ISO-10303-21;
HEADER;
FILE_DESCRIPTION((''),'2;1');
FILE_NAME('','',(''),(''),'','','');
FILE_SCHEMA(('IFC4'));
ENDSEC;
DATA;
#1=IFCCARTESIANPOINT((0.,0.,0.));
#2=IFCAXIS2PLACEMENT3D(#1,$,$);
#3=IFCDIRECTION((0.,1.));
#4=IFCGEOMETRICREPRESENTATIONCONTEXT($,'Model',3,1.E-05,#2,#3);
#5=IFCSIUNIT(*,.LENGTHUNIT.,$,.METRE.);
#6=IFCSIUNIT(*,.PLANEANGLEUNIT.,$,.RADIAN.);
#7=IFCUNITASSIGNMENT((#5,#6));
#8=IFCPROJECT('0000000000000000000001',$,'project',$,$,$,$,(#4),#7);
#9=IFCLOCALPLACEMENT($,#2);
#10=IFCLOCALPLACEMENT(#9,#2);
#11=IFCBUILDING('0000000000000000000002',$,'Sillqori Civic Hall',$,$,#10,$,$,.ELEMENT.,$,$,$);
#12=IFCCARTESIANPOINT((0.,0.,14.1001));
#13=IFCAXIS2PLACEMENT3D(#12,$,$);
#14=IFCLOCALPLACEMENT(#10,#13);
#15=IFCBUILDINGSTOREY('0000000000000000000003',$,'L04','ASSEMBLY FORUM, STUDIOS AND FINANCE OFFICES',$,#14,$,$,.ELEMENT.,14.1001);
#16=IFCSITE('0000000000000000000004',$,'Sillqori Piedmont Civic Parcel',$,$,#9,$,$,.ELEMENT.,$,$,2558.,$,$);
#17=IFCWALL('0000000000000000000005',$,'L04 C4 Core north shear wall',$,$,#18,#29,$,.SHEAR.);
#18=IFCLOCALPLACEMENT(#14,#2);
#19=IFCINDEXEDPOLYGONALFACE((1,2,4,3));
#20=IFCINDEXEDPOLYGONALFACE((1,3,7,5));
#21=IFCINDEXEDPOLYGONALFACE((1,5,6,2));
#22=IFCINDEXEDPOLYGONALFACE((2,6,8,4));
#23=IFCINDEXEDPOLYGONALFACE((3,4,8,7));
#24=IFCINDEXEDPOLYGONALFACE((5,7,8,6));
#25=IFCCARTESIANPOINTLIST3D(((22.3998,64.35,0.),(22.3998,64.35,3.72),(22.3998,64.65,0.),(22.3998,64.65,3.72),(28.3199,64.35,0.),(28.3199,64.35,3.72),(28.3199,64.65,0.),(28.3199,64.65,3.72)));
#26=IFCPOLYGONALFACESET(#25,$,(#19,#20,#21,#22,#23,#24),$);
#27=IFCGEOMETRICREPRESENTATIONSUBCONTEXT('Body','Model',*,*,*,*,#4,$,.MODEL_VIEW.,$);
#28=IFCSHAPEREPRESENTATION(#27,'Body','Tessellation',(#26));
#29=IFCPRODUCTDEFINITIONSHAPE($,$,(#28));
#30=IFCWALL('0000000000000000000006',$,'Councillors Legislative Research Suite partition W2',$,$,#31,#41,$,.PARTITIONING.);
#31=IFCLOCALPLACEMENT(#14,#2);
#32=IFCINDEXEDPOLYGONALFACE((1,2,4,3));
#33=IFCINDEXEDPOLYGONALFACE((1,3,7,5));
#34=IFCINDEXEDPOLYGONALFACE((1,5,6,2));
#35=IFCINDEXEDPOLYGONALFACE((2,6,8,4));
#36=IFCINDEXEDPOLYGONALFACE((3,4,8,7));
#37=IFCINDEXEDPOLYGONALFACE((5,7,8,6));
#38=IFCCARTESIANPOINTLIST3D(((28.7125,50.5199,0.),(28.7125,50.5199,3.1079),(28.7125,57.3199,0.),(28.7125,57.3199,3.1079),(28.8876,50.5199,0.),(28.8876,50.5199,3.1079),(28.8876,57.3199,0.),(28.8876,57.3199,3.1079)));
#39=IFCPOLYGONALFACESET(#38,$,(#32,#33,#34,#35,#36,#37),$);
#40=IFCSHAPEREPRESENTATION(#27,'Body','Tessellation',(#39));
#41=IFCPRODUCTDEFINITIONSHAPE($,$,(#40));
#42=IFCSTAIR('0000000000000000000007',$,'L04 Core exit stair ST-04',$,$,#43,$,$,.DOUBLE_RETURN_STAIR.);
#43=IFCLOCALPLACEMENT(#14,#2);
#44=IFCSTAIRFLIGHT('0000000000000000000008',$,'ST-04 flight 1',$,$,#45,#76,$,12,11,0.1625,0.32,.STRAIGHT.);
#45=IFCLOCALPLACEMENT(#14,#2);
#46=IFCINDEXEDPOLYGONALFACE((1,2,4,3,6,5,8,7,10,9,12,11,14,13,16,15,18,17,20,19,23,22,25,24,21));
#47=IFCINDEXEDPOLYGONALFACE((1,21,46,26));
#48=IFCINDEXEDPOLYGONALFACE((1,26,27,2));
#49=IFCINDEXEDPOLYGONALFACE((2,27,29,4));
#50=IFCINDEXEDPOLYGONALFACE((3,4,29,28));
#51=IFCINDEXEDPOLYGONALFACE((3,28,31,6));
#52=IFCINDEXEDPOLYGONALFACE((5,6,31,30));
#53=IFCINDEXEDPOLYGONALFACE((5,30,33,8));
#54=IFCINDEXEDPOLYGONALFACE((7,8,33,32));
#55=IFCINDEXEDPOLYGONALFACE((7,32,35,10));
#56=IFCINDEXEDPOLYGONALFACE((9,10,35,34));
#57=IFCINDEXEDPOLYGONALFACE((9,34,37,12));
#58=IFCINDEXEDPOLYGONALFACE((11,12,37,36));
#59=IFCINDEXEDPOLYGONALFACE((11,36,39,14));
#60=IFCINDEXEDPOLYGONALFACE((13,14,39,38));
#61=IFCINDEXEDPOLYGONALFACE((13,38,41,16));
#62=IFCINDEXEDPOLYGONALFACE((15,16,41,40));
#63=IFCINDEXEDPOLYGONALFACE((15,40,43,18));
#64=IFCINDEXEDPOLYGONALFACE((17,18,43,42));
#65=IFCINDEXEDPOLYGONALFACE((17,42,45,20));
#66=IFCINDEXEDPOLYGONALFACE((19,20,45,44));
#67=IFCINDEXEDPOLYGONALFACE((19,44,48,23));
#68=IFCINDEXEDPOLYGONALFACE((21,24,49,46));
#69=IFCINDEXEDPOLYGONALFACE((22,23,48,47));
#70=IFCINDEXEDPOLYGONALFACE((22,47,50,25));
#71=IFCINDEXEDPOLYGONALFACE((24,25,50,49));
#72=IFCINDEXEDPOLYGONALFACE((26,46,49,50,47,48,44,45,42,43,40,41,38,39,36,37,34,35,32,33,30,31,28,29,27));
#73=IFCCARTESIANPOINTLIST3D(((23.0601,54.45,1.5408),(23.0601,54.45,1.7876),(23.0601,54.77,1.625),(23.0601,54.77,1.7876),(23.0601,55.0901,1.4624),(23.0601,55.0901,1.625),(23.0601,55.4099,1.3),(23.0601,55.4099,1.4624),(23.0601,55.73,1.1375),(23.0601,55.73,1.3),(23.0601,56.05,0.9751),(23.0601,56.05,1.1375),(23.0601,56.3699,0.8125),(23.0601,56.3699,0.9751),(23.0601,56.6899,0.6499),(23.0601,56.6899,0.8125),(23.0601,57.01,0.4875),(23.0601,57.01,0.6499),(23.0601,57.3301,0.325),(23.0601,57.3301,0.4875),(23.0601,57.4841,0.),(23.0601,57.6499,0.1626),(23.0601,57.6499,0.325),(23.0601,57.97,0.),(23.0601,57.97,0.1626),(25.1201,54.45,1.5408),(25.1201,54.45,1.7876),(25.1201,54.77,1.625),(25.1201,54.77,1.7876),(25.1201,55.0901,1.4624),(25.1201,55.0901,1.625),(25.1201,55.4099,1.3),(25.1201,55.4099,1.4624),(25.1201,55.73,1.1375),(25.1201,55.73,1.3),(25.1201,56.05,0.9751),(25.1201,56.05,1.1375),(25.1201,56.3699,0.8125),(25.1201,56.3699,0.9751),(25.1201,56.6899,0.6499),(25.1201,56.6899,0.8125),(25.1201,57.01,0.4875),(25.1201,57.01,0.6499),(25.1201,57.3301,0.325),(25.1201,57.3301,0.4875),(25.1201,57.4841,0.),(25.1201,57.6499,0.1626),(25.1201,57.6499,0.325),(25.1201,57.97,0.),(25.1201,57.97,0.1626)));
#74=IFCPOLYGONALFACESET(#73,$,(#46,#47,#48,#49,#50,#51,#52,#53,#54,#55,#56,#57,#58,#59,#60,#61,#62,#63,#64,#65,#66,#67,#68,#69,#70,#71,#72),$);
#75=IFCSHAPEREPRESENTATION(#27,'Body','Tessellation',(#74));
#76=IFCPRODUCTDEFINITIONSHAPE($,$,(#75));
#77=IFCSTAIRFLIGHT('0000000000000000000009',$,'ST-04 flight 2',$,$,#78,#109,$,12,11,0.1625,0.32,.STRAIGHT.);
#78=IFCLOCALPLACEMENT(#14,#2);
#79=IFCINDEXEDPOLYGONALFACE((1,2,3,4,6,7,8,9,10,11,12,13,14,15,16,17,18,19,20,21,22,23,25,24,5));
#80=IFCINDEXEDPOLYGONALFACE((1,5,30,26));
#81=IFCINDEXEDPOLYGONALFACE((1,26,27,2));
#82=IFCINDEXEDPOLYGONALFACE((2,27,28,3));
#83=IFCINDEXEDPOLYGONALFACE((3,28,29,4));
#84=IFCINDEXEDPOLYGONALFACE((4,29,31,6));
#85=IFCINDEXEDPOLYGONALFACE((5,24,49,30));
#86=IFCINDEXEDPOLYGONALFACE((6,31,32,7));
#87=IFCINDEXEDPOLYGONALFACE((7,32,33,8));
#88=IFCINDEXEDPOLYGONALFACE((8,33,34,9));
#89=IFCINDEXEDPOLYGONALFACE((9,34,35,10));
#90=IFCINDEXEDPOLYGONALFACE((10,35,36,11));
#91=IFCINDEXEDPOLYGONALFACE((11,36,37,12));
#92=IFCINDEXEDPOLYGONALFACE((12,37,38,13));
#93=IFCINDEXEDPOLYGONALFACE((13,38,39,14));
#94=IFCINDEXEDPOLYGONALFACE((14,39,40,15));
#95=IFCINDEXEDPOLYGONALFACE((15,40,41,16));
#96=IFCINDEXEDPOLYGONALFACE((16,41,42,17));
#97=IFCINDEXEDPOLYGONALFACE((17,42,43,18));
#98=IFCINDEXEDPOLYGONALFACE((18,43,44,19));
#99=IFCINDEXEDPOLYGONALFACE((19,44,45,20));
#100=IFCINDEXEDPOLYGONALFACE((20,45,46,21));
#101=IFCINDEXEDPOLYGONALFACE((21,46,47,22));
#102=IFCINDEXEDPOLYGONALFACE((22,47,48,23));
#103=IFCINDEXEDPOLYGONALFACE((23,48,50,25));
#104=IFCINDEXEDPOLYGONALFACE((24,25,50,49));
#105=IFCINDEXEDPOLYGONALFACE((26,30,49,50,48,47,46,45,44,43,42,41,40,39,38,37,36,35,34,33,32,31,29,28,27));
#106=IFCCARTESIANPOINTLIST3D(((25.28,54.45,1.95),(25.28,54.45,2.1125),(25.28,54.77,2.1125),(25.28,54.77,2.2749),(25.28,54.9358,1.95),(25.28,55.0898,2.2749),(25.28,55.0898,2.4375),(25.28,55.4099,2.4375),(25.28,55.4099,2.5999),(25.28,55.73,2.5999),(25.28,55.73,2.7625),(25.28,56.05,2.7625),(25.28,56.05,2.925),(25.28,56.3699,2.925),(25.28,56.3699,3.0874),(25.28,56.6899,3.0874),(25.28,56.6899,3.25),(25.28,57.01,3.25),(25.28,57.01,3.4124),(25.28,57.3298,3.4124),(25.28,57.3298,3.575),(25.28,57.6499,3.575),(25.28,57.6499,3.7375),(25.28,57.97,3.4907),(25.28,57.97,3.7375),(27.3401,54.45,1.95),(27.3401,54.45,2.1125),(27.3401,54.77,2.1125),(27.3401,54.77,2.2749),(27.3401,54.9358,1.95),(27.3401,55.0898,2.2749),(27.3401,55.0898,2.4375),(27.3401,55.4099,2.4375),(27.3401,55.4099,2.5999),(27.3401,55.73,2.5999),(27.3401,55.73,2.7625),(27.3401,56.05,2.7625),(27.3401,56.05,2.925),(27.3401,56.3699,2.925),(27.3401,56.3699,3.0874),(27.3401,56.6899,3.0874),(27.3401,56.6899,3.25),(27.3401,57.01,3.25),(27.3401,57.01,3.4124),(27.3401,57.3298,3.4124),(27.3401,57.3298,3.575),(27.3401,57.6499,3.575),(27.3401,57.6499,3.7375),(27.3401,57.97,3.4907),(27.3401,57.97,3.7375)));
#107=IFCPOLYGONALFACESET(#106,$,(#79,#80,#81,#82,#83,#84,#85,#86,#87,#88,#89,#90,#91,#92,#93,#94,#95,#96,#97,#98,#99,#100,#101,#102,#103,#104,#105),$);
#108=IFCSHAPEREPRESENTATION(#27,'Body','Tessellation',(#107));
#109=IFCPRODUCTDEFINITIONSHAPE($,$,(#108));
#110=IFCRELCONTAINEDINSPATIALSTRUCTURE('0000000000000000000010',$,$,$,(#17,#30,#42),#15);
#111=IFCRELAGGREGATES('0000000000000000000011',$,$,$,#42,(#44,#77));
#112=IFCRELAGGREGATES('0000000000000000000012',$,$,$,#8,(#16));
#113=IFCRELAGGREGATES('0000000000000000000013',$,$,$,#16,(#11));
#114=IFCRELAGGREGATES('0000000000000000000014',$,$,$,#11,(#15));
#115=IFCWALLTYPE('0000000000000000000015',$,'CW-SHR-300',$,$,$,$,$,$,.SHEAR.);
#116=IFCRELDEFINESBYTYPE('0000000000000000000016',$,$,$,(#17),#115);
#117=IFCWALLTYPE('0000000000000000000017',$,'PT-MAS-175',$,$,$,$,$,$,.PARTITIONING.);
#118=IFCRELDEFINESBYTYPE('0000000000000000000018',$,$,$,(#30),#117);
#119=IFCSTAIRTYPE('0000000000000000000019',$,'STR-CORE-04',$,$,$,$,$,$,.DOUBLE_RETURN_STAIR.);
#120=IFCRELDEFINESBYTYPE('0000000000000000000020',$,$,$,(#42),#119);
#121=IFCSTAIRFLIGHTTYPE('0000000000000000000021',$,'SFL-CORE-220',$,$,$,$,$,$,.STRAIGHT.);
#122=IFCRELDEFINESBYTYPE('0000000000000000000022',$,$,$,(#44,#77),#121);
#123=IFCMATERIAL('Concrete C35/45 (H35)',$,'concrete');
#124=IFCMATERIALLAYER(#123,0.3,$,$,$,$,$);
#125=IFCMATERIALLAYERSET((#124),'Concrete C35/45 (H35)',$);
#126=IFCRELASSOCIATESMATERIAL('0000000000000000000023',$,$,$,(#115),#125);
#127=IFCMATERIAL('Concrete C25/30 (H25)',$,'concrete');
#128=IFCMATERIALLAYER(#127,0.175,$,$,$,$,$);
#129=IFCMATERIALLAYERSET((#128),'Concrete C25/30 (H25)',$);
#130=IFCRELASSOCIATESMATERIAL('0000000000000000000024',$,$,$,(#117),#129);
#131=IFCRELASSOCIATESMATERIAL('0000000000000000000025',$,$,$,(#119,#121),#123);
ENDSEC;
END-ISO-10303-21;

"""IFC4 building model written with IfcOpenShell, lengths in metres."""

from ifc_helpers import new_model, si_unit, direction, frame, frame_2d, origin, place, context, subcontext, project, spatial, polyline, rectangle, outline, extrude, material, layer, layer_set, type_object, element, aggregate, save


model = new_model("IFC4")

# Units and contexts
model_context = context("Model", 3, precision=1e-05, world=origin(), true_north=direction((0.0, 1.0)))
body_context = subcontext(model_context, "Body", "Model", "MODEL_VIEW")
ifc_project = project(units=[si_unit("LENGTHUNIT", "METRE"), si_unit("PLANEANGLEUNIT", "RADIAN")], contexts=[model_context])

# Site, building, storey
site_placement = place(None, origin())
site = spatial("IfcSite", under=ifc_project, at=site_placement, Name="Sillqori Piedmont Civic Parcel", CompositionType="ELEMENT", RefElevation=2558.0)
building_placement = place(site_placement, origin())
building = spatial("IfcBuilding", under=site, at=building_placement, Name="Sillqori Civic Hall", CompositionType="ELEMENT")
storey_placement = place(building_placement, frame((0.0, 0.0, 14.1001)))
storey = spatial("IfcBuildingStorey", under=building, at=storey_placement, Name="L04", Description="ASSEMBLY FORUM, STUDIOS AND FINANCE OFFICES", CompositionType="ELEMENT", Elevation=14.1001)

# Shared definitions
ifc_material_1 = material(Name="Concrete C35/45 (H35)", Category="concrete")

# Walls
ifc_layer_1 = layer(ifc_material_1, 0.3)
ifc_layer_set_1 = layer_set([ifc_layer_1], Name="Concrete C35/45 (H35)")
wall_type_1 = type_object("IfcWallType", Name="CW-SHR-300", PredefinedType="SHEAR", material=ifc_layer_set_1)
wall_1_placement = place(storey_placement, frame((22.3999, 64.5, 0.0), z_axis=(0.0, 0.0, 1.0), x_axis=(1.0, 0.0, 0.0)))
element("IfcWall", 1, at=wall_1_placement, inside=storey, type_object=wall_type_1, Name="L04 C4 Core north shear wall", PredefinedType="SHEAR", context=body_context, shape_type="SweptSolid", body=[
    extrude(rectangle(XDim=5.9202, YDim=0.3, at=frame_2d((2.96, 0.0))), origin(), (0.0, 0.0, 1.0), 3.72),
])
ifc_material_2 = material(Name="Concrete C25/30 (H25)", Category="concrete")
ifc_layer_2 = layer(ifc_material_2, 0.175)
ifc_layer_set_2 = layer_set([ifc_layer_2], Name="Concrete C25/30 (H25)")
wall_type_2 = type_object("IfcWallType", Name="PT-MAS-175", PredefinedType="PARTITIONING", material=ifc_layer_set_2)
wall_2_placement = place(storey_placement, frame((28.8, 50.52, 0.0), z_axis=(0.0, 0.0, 1.0), x_axis=(0.0, 1.0, 0.0)))
element("IfcWall", 2, at=wall_2_placement, inside=storey, type_object=wall_type_2, Name="Councillors Legislative Research Suite partition W2", PredefinedType="PARTITIONING", context=body_context, shape_type="SweptSolid", body=[
    extrude(rectangle(XDim=6.8, YDim=0.175, at=frame_2d((3.3999, 0.0))), origin(), (0.0, 0.0, 1.0), 3.1079),
])

# Stair, stair flights
stair_type = type_object("IfcStairType", Name="STR-CORE-04", PredefinedType="DOUBLE_RETURN_STAIR", material=ifc_material_1)
stair_placement = place(storey_placement, origin())
stair = element("IfcStair", 3, at=stair_placement, inside=storey, type_object=stair_type, Name="L04 Core exit stair ST-04", PredefinedType="DOUBLE_RETURN_STAIR")
stair_flight_type = type_object("IfcStairFlightType", Name="SFL-CORE-220", PredefinedType="STRAIGHT", material=ifc_material_1)
stair_flight_1_placement = place(storey_placement, frame((24.0901, 57.97, 0.0), z_axis=(0.0, 0.0, 1.0), x_axis=(0.0, -1.0, 0.0)))
stair_flight_1 = element("IfcStairFlight", 4, at=stair_flight_1_placement, type_object=stair_flight_type, Name="ST-04 flight 1", NumberOfRisers=12, NumberOfTreads=11, PredefinedType="STRAIGHT", RiserHeight=0.1625, TreadLength=0.32, context=body_context, shape_type="SweptSolid", body=[
    extrude(outline(polyline([(0.0, 0.0), (0.0, 0.1626), (0.3201, 0.1626), (0.3201, 0.325), (0.6399, 0.325), (0.6399, 0.4875), (0.96, 0.4875), (0.96, 0.6499), (1.28, 0.6499), (1.28, 0.8125), (1.6001, 0.8125), (1.6001, 0.9751), (1.9199, 0.9751), (1.9199, 1.1375), (2.24, 1.1375), (2.24, 1.3), (2.5601, 1.3), (2.5601, 1.4624), (2.8799, 1.4624), (2.8799, 1.625), (3.2, 1.625), (3.2, 1.7876), (3.52, 1.7876), (3.52, 1.95), (3.52, 1.5408), (0.4858, 0.0), (0.0, 0.0)])), frame((0.0, 1.03, 0.0), z_axis=(0.0, -1.0, 0.0), x_axis=(1.0, 0.0, 0.0)), (0.0, 0.0, 1.0), 2.0601),
])
stair_flight_2_placement = place(storey_placement, frame((26.3101, 54.45, 1.95), z_axis=(0.0, 0.0, 1.0), x_axis=(0.0, 1.0, 0.0)))
stair_flight_2 = element("IfcStairFlight", 5, at=stair_flight_2_placement, type_object=stair_flight_type, Name="ST-04 flight 2", NumberOfRisers=12, NumberOfTreads=11, PredefinedType="STRAIGHT", RiserHeight=0.1625, TreadLength=0.32, context=body_context, shape_type="SweptSolid", body=[
    extrude(outline(polyline([(0.0, 0.0), (0.0, 0.1626), (0.3201, 0.1626), (0.3201, 0.325), (0.6399, 0.325), (0.6399, 0.4875), (0.96, 0.4875), (0.96, 0.6499), (1.28, 0.6499), (1.28, 0.8125), (1.6001, 0.8125), (1.6001, 0.9751), (1.9199, 0.9751), (1.9199, 1.1375), (2.24, 1.1375), (2.24, 1.3), (2.5601, 1.3), (2.5601, 1.4624), (2.8799, 1.4624), (2.8799, 1.625), (3.2, 1.625), (3.2, 1.7876), (3.52, 1.7876), (3.52, 1.95), (3.52, 1.5408), (0.4858, 0.0), (0.0, 0.0)])), frame((0.0, 1.03, 0.0), z_axis=(0.0, -1.0, 0.0), x_axis=(1.0, 0.0, 0.0)), (0.0, 0.0, 1.0), 2.0601),
])
aggregate(stair, [stair_flight_1, stair_flight_2])

save(model, "model.ifc")
